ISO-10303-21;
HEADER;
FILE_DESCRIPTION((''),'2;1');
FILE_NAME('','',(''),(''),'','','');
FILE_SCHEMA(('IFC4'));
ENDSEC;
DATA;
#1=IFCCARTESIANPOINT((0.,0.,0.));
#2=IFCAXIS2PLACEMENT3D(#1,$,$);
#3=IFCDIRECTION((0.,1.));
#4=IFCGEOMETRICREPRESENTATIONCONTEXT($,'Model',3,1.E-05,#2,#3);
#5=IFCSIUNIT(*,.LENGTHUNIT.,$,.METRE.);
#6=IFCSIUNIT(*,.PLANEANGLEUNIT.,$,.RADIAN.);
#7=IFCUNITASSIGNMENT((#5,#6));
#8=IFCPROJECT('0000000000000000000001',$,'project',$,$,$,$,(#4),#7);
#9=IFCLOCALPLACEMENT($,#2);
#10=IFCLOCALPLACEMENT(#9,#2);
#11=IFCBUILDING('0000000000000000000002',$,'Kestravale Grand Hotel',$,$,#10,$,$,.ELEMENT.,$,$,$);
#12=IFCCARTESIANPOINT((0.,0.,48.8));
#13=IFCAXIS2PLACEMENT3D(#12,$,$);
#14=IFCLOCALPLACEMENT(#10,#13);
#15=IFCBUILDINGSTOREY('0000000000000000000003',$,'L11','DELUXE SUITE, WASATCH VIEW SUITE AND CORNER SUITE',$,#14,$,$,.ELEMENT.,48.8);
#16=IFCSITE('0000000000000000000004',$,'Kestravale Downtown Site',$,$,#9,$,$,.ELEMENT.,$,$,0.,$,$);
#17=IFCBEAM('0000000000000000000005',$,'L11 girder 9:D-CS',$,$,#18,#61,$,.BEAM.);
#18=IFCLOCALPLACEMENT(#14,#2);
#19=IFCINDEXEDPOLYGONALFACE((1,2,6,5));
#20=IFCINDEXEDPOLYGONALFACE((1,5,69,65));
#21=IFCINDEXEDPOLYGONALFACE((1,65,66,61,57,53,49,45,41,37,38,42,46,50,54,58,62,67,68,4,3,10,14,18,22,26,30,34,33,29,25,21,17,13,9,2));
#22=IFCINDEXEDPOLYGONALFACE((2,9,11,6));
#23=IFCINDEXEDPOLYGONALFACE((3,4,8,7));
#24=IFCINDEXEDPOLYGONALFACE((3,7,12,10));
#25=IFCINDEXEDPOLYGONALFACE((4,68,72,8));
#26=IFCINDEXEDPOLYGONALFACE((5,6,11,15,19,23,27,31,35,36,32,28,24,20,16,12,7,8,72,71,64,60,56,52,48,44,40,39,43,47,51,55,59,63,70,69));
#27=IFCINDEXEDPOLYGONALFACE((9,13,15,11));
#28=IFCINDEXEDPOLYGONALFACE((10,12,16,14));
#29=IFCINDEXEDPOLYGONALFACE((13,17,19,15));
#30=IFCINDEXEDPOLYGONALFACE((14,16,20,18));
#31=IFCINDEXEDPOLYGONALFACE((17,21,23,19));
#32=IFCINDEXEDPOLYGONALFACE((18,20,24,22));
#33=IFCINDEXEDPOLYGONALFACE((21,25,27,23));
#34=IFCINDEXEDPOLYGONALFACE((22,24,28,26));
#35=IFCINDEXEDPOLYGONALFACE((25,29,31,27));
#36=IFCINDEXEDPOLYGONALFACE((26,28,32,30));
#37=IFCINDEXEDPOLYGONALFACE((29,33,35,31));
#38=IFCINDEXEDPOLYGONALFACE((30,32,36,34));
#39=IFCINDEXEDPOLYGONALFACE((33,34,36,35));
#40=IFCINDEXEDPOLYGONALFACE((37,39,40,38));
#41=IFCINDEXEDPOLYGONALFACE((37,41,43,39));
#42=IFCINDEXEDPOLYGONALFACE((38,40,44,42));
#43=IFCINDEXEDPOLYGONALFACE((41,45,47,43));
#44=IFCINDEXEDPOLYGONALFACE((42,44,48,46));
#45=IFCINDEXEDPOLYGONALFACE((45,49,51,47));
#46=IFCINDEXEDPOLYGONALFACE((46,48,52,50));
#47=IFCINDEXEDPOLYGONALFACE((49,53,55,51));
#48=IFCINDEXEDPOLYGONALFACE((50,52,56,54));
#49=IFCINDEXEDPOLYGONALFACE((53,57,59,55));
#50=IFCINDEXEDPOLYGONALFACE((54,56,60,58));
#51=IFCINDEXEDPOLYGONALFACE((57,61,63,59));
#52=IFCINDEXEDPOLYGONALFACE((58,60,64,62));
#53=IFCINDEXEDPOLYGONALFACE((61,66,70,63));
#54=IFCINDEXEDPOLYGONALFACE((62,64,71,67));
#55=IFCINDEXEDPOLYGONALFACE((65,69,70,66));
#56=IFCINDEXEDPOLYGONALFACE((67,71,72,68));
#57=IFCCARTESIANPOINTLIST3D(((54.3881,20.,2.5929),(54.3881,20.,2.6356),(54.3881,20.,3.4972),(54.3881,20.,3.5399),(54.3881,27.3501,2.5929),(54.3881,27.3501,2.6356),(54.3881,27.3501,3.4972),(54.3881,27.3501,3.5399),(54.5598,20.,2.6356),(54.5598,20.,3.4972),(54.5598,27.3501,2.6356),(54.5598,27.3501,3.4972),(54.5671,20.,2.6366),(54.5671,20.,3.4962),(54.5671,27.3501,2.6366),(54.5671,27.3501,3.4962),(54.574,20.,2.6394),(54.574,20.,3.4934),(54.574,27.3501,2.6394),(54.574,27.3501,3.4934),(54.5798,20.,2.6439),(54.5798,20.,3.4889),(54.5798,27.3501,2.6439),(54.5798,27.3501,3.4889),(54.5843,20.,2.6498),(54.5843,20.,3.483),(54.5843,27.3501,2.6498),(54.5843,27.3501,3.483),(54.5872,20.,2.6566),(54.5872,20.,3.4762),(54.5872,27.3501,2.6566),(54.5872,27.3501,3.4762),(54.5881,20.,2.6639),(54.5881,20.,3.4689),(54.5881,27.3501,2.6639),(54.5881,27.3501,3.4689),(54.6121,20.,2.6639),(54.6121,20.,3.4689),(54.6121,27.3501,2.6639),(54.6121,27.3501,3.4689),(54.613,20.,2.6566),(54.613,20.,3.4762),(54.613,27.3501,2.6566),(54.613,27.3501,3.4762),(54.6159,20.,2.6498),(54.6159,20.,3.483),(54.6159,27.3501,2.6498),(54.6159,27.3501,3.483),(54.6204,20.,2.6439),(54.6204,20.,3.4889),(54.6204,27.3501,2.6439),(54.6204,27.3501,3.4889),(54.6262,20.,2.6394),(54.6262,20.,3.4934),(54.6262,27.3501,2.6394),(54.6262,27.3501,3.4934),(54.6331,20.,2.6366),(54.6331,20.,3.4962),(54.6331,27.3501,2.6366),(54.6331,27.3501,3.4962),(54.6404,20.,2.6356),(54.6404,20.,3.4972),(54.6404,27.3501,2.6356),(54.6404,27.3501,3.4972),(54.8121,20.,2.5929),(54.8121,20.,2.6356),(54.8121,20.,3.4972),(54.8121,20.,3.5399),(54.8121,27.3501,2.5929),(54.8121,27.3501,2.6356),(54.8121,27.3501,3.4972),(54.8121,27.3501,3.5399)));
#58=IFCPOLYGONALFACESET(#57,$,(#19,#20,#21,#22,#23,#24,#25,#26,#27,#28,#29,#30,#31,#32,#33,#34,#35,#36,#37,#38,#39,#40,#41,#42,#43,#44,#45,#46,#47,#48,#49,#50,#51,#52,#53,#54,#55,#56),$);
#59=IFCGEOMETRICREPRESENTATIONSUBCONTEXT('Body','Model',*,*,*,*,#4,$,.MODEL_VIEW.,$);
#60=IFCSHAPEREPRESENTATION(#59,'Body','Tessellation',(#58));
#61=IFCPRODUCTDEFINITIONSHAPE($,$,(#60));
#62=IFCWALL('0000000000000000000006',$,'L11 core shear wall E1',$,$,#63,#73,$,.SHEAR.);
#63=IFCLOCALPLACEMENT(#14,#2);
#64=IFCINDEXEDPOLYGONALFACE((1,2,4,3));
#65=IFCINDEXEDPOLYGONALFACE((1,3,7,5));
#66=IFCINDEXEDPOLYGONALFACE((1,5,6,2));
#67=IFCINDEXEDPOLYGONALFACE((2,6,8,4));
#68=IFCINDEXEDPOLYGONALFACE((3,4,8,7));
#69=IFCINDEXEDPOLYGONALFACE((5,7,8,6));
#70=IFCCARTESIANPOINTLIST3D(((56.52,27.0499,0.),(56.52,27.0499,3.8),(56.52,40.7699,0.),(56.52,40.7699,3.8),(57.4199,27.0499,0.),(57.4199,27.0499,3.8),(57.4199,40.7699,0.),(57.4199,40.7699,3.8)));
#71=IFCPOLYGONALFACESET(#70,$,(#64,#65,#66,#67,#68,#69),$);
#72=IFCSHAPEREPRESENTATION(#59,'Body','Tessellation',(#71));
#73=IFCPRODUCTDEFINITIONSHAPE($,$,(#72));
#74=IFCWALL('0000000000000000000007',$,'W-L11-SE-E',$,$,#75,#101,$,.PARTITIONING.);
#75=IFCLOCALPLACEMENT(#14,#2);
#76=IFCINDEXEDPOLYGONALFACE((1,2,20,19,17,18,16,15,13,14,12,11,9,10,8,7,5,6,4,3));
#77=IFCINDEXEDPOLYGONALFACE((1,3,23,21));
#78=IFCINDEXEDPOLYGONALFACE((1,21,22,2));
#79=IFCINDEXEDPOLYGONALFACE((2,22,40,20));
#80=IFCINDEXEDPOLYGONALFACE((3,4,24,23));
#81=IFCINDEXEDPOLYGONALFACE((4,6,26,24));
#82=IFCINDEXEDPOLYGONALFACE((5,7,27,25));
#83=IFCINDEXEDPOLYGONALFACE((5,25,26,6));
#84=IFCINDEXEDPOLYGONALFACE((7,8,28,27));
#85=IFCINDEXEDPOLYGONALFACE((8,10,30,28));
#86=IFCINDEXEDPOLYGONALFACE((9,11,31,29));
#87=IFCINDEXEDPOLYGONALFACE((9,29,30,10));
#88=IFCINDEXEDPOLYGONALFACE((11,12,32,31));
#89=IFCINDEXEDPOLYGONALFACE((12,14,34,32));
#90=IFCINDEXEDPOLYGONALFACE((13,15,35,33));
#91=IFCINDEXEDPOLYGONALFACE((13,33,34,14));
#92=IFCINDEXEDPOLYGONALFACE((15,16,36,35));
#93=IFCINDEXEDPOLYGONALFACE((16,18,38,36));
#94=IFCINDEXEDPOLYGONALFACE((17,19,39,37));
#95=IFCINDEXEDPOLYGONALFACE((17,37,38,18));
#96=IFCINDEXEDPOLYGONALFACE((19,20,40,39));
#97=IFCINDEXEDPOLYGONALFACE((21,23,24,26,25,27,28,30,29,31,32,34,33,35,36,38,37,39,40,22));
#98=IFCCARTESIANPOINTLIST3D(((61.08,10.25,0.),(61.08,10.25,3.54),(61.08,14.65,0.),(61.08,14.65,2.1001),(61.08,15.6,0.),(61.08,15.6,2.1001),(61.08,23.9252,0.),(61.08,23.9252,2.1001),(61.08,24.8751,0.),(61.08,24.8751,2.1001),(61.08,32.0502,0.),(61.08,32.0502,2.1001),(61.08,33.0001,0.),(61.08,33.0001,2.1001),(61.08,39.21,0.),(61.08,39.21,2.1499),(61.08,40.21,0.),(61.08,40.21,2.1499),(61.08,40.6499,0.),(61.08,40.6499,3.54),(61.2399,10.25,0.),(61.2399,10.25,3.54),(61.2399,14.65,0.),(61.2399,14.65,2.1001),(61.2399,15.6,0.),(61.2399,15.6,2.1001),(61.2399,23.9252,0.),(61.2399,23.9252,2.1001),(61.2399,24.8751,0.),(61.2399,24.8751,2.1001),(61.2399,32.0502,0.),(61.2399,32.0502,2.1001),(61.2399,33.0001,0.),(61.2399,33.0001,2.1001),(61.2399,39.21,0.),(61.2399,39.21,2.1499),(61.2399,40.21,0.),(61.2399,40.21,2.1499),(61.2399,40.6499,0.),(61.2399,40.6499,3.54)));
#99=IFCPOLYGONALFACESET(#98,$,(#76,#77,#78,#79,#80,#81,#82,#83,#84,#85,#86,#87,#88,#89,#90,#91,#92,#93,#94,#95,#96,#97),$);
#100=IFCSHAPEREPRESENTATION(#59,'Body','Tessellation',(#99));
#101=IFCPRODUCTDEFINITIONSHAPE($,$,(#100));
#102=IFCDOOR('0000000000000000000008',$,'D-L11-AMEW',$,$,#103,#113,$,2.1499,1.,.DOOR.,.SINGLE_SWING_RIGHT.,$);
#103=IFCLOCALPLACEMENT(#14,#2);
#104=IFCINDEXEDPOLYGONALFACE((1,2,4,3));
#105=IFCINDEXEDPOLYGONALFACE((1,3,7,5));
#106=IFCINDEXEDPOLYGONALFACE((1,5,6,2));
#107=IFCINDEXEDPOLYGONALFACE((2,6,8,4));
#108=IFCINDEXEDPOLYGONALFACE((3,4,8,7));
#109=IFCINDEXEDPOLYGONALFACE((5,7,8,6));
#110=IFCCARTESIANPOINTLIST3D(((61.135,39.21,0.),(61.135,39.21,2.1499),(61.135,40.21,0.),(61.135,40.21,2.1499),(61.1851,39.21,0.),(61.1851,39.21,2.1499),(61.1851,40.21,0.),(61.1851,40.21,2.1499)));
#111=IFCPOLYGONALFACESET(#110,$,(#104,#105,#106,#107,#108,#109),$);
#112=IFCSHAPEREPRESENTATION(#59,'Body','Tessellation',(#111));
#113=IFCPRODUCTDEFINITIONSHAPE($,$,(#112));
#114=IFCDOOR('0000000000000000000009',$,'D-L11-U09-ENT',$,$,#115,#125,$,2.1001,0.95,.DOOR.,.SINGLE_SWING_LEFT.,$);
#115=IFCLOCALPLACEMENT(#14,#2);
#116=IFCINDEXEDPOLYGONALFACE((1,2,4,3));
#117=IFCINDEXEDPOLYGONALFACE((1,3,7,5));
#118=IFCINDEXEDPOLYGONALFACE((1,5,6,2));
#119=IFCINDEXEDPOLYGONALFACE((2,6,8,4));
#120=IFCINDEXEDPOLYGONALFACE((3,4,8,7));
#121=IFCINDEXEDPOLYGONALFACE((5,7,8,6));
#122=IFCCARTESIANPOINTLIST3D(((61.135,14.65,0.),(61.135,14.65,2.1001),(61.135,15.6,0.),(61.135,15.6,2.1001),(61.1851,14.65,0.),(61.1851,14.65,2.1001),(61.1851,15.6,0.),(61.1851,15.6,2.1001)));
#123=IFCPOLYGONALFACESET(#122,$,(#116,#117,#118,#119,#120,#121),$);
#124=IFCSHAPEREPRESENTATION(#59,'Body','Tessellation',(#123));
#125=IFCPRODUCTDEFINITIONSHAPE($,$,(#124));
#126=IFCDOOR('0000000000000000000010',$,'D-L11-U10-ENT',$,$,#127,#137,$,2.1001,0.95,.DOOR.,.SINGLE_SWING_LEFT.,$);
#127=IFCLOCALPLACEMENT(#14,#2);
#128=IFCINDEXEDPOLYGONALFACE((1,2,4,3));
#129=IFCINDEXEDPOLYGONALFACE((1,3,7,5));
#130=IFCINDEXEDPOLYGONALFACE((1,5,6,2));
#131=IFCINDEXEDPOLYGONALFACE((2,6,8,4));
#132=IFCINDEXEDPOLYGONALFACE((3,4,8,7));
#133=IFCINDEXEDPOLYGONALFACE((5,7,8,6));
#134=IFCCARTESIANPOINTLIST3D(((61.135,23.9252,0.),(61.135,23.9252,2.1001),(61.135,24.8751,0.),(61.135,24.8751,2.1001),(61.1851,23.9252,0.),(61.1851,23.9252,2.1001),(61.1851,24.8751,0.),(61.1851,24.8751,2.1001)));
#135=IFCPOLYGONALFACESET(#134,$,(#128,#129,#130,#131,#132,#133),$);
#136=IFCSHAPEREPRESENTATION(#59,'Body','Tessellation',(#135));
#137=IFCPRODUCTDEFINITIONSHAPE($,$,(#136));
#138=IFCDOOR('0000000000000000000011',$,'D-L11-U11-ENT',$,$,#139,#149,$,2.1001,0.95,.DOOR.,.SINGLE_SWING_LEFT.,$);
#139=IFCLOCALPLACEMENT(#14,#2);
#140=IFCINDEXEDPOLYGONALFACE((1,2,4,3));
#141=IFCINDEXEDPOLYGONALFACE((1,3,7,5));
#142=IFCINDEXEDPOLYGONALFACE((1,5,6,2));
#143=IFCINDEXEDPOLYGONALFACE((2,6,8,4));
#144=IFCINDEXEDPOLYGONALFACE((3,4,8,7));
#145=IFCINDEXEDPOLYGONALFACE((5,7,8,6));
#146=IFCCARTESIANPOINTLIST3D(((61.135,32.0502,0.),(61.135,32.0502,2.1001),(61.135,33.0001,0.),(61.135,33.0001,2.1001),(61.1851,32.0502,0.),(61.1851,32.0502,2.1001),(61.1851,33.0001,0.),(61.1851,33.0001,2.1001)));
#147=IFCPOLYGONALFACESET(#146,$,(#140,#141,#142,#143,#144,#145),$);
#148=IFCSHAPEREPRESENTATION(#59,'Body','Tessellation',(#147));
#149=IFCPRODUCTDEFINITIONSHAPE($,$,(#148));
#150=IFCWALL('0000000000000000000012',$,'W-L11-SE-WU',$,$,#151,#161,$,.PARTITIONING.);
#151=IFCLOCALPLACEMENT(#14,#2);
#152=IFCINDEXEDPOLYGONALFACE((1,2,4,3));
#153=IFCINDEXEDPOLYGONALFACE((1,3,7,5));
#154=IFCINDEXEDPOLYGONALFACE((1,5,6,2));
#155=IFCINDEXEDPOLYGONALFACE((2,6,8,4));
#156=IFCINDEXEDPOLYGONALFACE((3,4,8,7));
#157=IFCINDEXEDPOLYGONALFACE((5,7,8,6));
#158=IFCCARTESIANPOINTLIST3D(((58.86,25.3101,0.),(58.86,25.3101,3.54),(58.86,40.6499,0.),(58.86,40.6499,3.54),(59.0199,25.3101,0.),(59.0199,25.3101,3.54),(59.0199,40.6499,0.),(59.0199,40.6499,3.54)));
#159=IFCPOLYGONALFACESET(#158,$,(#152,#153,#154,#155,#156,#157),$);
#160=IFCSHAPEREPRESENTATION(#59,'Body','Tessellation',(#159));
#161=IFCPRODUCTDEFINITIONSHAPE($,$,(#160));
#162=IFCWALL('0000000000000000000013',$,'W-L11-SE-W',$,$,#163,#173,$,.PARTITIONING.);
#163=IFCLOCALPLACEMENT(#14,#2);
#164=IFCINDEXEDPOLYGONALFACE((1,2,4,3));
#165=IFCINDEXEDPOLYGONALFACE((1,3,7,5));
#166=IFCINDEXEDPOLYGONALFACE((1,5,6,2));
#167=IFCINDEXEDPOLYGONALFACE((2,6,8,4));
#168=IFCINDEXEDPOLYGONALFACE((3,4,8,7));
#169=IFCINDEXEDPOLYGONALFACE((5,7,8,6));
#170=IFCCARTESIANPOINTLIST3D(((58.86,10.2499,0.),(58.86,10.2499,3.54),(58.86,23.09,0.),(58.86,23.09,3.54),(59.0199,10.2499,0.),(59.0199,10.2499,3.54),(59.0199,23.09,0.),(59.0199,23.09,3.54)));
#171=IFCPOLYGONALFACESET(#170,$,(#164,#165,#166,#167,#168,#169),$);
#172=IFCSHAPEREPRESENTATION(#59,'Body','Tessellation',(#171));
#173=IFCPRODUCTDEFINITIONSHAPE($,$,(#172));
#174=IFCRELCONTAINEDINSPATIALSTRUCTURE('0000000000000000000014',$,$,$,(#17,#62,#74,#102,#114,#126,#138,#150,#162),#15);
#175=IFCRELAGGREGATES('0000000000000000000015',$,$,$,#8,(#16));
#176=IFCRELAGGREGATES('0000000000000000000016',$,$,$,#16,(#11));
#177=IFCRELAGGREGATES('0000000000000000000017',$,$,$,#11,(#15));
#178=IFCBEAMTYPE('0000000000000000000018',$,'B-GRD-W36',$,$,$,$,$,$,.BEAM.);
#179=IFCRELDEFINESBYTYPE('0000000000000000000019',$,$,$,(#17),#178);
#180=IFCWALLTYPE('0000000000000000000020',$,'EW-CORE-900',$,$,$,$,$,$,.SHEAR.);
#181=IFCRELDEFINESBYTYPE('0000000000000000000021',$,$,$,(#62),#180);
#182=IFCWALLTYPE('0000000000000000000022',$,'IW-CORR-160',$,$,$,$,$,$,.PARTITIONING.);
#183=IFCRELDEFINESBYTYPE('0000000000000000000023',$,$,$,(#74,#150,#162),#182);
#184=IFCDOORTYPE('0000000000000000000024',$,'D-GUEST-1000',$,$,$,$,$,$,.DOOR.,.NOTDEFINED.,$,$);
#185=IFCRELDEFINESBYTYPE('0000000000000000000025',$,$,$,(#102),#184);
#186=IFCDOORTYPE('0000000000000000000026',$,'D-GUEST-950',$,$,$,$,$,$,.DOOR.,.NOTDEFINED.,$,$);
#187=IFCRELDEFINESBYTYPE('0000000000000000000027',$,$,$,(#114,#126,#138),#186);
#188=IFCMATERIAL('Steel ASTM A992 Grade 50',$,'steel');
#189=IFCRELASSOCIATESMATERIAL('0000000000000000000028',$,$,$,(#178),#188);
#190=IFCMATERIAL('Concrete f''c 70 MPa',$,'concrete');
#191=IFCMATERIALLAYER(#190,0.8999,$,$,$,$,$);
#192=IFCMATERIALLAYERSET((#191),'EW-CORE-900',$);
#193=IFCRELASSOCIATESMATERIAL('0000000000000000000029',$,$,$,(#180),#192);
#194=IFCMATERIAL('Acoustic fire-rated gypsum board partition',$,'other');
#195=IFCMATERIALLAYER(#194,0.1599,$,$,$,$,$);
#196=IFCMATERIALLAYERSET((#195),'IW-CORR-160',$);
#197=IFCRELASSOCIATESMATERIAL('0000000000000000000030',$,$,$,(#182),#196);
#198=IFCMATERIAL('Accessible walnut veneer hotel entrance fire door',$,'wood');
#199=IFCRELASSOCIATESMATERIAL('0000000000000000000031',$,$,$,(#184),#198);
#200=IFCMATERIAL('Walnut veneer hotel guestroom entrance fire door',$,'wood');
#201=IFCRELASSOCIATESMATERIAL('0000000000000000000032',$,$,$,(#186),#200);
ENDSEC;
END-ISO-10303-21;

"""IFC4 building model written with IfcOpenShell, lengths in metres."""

from ifc_helpers import new_model, si_unit, direction, frame, frame_2d, origin, origin_2d, place, context, subcontext, project, spatial, rectangle, i_section, extrude, material, layer, layer_set, material_profile, profile_set, type_object, element, fill, save


model = new_model("IFC4")

# Units and contexts
model_context = context("Model", 3, precision=1e-05, world=origin(), true_north=direction((0.0, 1.0)))
body_context = subcontext(model_context, "Body", "Model", "MODEL_VIEW")
ifc_project = project(units=[si_unit("LENGTHUNIT", "METRE"), si_unit("PLANEANGLEUNIT", "RADIAN")], contexts=[model_context])

# Site, building, storey
site_placement = place(None, origin())
site = spatial("IfcSite", under=ifc_project, at=site_placement, Name="Kestravale Downtown Site", CompositionType="ELEMENT", RefElevation=0.0)
building_placement = place(site_placement, origin())
building = spatial("IfcBuilding", under=site, at=building_placement, Name="Kestravale Grand Hotel", CompositionType="ELEMENT")
storey_placement = place(building_placement, frame((0.0, 0.0, 48.8)))
storey = spatial("IfcBuildingStorey", under=building, at=storey_placement, Name="L11", Description="DELUXE SUITE, WASATCH VIEW SUITE AND CORNER SUITE", CompositionType="ELEMENT", Elevation=48.8)

# Beam
ifc_material_1 = material(Name="Steel ASTM A992 Grade 50", Category="steel")
ifc_material_profile_1 = material_profile(ifc_material_1, i_section(OverallWidth=0.4241, OverallDepth=0.947, WebThickness=0.0239, FlangeThickness=0.0427, FilletRadius=0.0283, at=origin_2d()))
ifc_profile_set_1 = profile_set([ifc_material_profile_1], Name="Steel ASTM A992 Grade 50")
beam_type_1 = type_object("IfcBeamType", Name="B-GRD-W36", PredefinedType="BEAM", material=ifc_profile_set_1)
beam_1_placement = place(storey_placement, frame((54.6001, 20.0, 3.0664), z_axis=(0.0, 1.0, 0.0), x_axis=(-1.0, 0.0, 0.0)))
element("IfcBeam", 1, at=beam_1_placement, inside=storey, type_object=beam_type_1, Name="L11 girder 9:D-CS", PredefinedType="BEAM", context=body_context, shape_type="SweptSolid", body=[
    extrude(i_section(OverallWidth=0.4241, OverallDepth=0.947, WebThickness=0.0239, FlangeThickness=0.0427, FilletRadius=0.0283, at=origin_2d()), origin(), (0.0, 0.0, 1.0), 7.3501),
])

# Wall
ifc_material_2 = material(Name="Concrete f'c 70 MPa", Category="concrete")
ifc_layer_1 = layer(ifc_material_2, 0.8999)
ifc_layer_set_1 = layer_set([ifc_layer_1], Name="EW-CORE-900")
wall_type_1 = type_object("IfcWallType", Name="EW-CORE-900", PredefinedType="SHEAR", material=ifc_layer_set_1)
wall_1_placement = place(storey_placement, frame((56.97, 27.05, 0.0), z_axis=(0.0, 0.0, 1.0), x_axis=(0.0, 1.0, 0.0)))
element("IfcWall", 2, at=wall_1_placement, inside=storey, type_object=wall_type_1, Name="L11 core shear wall E1", PredefinedType="SHEAR", context=body_context, shape_type="SweptSolid", body=[
    extrude(rectangle(XDim=13.72, YDim=0.8999, at=frame_2d((6.8599, 0.0))), origin(), (0.0, 0.0, 1.0), 3.8),
])

# Wall, openings, doors
ifc_material_3 = material(Name="Acoustic fire-rated gypsum board partition", Category="other")
ifc_layer_2 = layer(ifc_material_3, 0.1599)
ifc_layer_set_2 = layer_set([ifc_layer_2], Name="IW-CORR-160")
wall_type_2 = type_object("IfcWallType", Name="IW-CORR-160", PredefinedType="PARTITIONING", material=ifc_layer_set_2)
wall_2_placement = place(storey_placement, frame((61.1599, 10.25, 0.0), z_axis=(0.0, 0.0, 1.0), x_axis=(0.0, 1.0, 0.0)))
wall_2 = element("IfcWall", 3, at=wall_2_placement, inside=storey, type_object=wall_type_2, Name="W-L11-SE-E", PredefinedType="PARTITIONING", context=body_context, shape_type="SweptSolid", body=[
    extrude(rectangle(XDim=30.3999, YDim=0.1599, at=frame_2d((15.2, 0.0))), origin(), (0.0, 0.0, 1.0), 3.54),
])
opening_1_placement = place(wall_2_placement, frame((4.3999, 0.0, 0.0)))
opening_1 = element("IfcOpeningElement", 4, at=opening_1_placement, cuts=wall_2, PredefinedType="OPENING", context=body_context, shape_type="SweptSolid", body=[
    extrude(rectangle(XDim=0.95, YDim=2.1001, at=frame_2d((0.4751, 1.05))), frame((0.0, 0.0898, 0.0), z_axis=(0.0, -1.0, 0.0), x_axis=(1.0, 0.0, 0.0)), (0.0, 0.0, 1.0), 0.1799),
])
opening_2_placement = place(wall_2_placement, frame((13.675, 0.0, 0.0)))
opening_2 = element("IfcOpeningElement", 5, at=opening_2_placement, cuts=wall_2, PredefinedType="OPENING", context=body_context, shape_type="SweptSolid", body=[
    extrude(rectangle(XDim=0.95, YDim=2.1001, at=frame_2d((0.4751, 1.05))), frame((0.0, 0.0898, 0.0), z_axis=(0.0, -1.0, 0.0), x_axis=(1.0, 0.0, 0.0)), (0.0, 0.0, 1.0), 0.1799),
])
opening_3_placement = place(wall_2_placement, frame((21.8, 0.0, 0.0)))
opening_3 = element("IfcOpeningElement", 6, at=opening_3_placement, cuts=wall_2, PredefinedType="OPENING", context=body_context, shape_type="SweptSolid", body=[
    extrude(rectangle(XDim=0.95, YDim=2.1001, at=frame_2d((0.4751, 1.05))), frame((0.0, 0.0898, 0.0), z_axis=(0.0, -1.0, 0.0), x_axis=(1.0, 0.0, 0.0)), (0.0, 0.0, 1.0), 0.1799),
])
opening_4_placement = place(wall_2_placement, frame((28.96, 0.0, 0.0)))
opening_4 = element("IfcOpeningElement", 7, at=opening_4_placement, cuts=wall_2, PredefinedType="OPENING", context=body_context, shape_type="SweptSolid", body=[
    extrude(rectangle(XDim=1.0, YDim=2.1499, at=frame_2d((0.5, 1.075))), frame((0.0, 0.0898, 0.0), z_axis=(0.0, -1.0, 0.0), x_axis=(1.0, 0.0, 0.0)), (0.0, 0.0, 1.0), 0.1799),
])
ifc_material_4 = material(Name="Accessible walnut veneer hotel entrance fire door", Category="wood")
door_type_1 = type_object("IfcDoorType", Name="D-GUEST-1000", OperationType="NOTDEFINED", PredefinedType="DOOR", material=ifc_material_4)
door_1_placement = place(opening_4_placement, origin())
door_1 = element("IfcDoor", 8, at=door_1_placement, inside=storey, type_object=door_type_1, Name="D-L11-AMEW", OperationType="SINGLE_SWING_RIGHT", OverallHeight=2.1499, OverallWidth=1.0, PredefinedType="DOOR", context=body_context, shape_type="SweptSolid", body=[
    extrude(rectangle(XDim=1.0, YDim=2.1499, at=frame_2d((0.5, 1.075))), frame((0.0, 0.0249, 0.0), z_axis=(0.0, -1.0, 0.0), x_axis=(1.0, 0.0, 0.0)), (0.0, 0.0, 1.0), 0.05),
])
fill(opening_4, door_1)
ifc_material_5 = material(Name="Walnut veneer hotel guestroom entrance fire door", Category="wood")
door_type_2 = type_object("IfcDoorType", Name="D-GUEST-950", OperationType="NOTDEFINED", PredefinedType="DOOR", material=ifc_material_5)
door_2_placement = place(opening_1_placement, origin())
door_2 = element("IfcDoor", 9, at=door_2_placement, inside=storey, type_object=door_type_2, Name="D-L11-U09-ENT", OperationType="SINGLE_SWING_LEFT", OverallHeight=2.1001, OverallWidth=0.95, PredefinedType="DOOR", context=body_context, shape_type="SweptSolid", body=[
    extrude(rectangle(XDim=0.95, YDim=2.1001, at=frame_2d((0.4751, 1.05))), frame((0.0, 0.0249, 0.0), z_axis=(0.0, -1.0, 0.0), x_axis=(1.0, 0.0, 0.0)), (0.0, 0.0, 1.0), 0.05),
])
fill(opening_1, door_2)
door_3_placement = place(opening_2_placement, origin())
door_3 = element("IfcDoor", 10, at=door_3_placement, inside=storey, type_object=door_type_2, Name="D-L11-U10-ENT", OperationType="SINGLE_SWING_LEFT", OverallHeight=2.1001, OverallWidth=0.95, PredefinedType="DOOR", context=body_context, shape_type="SweptSolid", body=[
    extrude(rectangle(XDim=0.95, YDim=2.1001, at=frame_2d((0.4751, 1.05))), frame((0.0, 0.0249, 0.0), z_axis=(0.0, -1.0, 0.0), x_axis=(1.0, 0.0, 0.0)), (0.0, 0.0, 1.0), 0.05),
])
fill(opening_2, door_3)
door_4_placement = place(opening_3_placement, origin())
door_4 = element("IfcDoor", 11, at=door_4_placement, inside=storey, type_object=door_type_2, Name="D-L11-U11-ENT", OperationType="SINGLE_SWING_LEFT", OverallHeight=2.1001, OverallWidth=0.95, PredefinedType="DOOR", context=body_context, shape_type="SweptSolid", body=[
    extrude(rectangle(XDim=0.95, YDim=2.1001, at=frame_2d((0.4751, 1.05))), frame((0.0, 0.0249, 0.0), z_axis=(0.0, -1.0, 0.0), x_axis=(1.0, 0.0, 0.0)), (0.0, 0.0, 1.0), 0.05),
])
fill(opening_3, door_4)

# Walls
wall_3_placement = place(storey_placement, frame((58.9399, 25.3101, 0.0), z_axis=(0.0, 0.0, 1.0), x_axis=(0.0, 1.0, 0.0)))
element("IfcWall", 12, at=wall_3_placement, inside=storey, type_object=wall_type_2, Name="W-L11-SE-WU", PredefinedType="PARTITIONING", context=body_context, shape_type="SweptSolid", body=[
    extrude(rectangle(XDim=15.3398, YDim=0.1599, at=frame_2d((7.6699, 0.0))), origin(), (0.0, 0.0, 1.0), 3.54),
])
wall_4_placement = place(storey_placement, frame((58.9399, 10.25, 0.0), z_axis=(0.0, 0.0, 1.0), x_axis=(0.0, 1.0, 0.0)))
element("IfcWall", 13, at=wall_4_placement, inside=storey, type_object=wall_type_2, Name="W-L11-SE-W", PredefinedType="PARTITIONING", context=body_context, shape_type="SweptSolid", body=[
    extrude(rectangle(XDim=12.8401, YDim=0.1599, at=frame_2d((6.4199, 0.0))), origin(), (0.0, 0.0, 1.0), 3.54),
])

save(model, "model.ifc")
